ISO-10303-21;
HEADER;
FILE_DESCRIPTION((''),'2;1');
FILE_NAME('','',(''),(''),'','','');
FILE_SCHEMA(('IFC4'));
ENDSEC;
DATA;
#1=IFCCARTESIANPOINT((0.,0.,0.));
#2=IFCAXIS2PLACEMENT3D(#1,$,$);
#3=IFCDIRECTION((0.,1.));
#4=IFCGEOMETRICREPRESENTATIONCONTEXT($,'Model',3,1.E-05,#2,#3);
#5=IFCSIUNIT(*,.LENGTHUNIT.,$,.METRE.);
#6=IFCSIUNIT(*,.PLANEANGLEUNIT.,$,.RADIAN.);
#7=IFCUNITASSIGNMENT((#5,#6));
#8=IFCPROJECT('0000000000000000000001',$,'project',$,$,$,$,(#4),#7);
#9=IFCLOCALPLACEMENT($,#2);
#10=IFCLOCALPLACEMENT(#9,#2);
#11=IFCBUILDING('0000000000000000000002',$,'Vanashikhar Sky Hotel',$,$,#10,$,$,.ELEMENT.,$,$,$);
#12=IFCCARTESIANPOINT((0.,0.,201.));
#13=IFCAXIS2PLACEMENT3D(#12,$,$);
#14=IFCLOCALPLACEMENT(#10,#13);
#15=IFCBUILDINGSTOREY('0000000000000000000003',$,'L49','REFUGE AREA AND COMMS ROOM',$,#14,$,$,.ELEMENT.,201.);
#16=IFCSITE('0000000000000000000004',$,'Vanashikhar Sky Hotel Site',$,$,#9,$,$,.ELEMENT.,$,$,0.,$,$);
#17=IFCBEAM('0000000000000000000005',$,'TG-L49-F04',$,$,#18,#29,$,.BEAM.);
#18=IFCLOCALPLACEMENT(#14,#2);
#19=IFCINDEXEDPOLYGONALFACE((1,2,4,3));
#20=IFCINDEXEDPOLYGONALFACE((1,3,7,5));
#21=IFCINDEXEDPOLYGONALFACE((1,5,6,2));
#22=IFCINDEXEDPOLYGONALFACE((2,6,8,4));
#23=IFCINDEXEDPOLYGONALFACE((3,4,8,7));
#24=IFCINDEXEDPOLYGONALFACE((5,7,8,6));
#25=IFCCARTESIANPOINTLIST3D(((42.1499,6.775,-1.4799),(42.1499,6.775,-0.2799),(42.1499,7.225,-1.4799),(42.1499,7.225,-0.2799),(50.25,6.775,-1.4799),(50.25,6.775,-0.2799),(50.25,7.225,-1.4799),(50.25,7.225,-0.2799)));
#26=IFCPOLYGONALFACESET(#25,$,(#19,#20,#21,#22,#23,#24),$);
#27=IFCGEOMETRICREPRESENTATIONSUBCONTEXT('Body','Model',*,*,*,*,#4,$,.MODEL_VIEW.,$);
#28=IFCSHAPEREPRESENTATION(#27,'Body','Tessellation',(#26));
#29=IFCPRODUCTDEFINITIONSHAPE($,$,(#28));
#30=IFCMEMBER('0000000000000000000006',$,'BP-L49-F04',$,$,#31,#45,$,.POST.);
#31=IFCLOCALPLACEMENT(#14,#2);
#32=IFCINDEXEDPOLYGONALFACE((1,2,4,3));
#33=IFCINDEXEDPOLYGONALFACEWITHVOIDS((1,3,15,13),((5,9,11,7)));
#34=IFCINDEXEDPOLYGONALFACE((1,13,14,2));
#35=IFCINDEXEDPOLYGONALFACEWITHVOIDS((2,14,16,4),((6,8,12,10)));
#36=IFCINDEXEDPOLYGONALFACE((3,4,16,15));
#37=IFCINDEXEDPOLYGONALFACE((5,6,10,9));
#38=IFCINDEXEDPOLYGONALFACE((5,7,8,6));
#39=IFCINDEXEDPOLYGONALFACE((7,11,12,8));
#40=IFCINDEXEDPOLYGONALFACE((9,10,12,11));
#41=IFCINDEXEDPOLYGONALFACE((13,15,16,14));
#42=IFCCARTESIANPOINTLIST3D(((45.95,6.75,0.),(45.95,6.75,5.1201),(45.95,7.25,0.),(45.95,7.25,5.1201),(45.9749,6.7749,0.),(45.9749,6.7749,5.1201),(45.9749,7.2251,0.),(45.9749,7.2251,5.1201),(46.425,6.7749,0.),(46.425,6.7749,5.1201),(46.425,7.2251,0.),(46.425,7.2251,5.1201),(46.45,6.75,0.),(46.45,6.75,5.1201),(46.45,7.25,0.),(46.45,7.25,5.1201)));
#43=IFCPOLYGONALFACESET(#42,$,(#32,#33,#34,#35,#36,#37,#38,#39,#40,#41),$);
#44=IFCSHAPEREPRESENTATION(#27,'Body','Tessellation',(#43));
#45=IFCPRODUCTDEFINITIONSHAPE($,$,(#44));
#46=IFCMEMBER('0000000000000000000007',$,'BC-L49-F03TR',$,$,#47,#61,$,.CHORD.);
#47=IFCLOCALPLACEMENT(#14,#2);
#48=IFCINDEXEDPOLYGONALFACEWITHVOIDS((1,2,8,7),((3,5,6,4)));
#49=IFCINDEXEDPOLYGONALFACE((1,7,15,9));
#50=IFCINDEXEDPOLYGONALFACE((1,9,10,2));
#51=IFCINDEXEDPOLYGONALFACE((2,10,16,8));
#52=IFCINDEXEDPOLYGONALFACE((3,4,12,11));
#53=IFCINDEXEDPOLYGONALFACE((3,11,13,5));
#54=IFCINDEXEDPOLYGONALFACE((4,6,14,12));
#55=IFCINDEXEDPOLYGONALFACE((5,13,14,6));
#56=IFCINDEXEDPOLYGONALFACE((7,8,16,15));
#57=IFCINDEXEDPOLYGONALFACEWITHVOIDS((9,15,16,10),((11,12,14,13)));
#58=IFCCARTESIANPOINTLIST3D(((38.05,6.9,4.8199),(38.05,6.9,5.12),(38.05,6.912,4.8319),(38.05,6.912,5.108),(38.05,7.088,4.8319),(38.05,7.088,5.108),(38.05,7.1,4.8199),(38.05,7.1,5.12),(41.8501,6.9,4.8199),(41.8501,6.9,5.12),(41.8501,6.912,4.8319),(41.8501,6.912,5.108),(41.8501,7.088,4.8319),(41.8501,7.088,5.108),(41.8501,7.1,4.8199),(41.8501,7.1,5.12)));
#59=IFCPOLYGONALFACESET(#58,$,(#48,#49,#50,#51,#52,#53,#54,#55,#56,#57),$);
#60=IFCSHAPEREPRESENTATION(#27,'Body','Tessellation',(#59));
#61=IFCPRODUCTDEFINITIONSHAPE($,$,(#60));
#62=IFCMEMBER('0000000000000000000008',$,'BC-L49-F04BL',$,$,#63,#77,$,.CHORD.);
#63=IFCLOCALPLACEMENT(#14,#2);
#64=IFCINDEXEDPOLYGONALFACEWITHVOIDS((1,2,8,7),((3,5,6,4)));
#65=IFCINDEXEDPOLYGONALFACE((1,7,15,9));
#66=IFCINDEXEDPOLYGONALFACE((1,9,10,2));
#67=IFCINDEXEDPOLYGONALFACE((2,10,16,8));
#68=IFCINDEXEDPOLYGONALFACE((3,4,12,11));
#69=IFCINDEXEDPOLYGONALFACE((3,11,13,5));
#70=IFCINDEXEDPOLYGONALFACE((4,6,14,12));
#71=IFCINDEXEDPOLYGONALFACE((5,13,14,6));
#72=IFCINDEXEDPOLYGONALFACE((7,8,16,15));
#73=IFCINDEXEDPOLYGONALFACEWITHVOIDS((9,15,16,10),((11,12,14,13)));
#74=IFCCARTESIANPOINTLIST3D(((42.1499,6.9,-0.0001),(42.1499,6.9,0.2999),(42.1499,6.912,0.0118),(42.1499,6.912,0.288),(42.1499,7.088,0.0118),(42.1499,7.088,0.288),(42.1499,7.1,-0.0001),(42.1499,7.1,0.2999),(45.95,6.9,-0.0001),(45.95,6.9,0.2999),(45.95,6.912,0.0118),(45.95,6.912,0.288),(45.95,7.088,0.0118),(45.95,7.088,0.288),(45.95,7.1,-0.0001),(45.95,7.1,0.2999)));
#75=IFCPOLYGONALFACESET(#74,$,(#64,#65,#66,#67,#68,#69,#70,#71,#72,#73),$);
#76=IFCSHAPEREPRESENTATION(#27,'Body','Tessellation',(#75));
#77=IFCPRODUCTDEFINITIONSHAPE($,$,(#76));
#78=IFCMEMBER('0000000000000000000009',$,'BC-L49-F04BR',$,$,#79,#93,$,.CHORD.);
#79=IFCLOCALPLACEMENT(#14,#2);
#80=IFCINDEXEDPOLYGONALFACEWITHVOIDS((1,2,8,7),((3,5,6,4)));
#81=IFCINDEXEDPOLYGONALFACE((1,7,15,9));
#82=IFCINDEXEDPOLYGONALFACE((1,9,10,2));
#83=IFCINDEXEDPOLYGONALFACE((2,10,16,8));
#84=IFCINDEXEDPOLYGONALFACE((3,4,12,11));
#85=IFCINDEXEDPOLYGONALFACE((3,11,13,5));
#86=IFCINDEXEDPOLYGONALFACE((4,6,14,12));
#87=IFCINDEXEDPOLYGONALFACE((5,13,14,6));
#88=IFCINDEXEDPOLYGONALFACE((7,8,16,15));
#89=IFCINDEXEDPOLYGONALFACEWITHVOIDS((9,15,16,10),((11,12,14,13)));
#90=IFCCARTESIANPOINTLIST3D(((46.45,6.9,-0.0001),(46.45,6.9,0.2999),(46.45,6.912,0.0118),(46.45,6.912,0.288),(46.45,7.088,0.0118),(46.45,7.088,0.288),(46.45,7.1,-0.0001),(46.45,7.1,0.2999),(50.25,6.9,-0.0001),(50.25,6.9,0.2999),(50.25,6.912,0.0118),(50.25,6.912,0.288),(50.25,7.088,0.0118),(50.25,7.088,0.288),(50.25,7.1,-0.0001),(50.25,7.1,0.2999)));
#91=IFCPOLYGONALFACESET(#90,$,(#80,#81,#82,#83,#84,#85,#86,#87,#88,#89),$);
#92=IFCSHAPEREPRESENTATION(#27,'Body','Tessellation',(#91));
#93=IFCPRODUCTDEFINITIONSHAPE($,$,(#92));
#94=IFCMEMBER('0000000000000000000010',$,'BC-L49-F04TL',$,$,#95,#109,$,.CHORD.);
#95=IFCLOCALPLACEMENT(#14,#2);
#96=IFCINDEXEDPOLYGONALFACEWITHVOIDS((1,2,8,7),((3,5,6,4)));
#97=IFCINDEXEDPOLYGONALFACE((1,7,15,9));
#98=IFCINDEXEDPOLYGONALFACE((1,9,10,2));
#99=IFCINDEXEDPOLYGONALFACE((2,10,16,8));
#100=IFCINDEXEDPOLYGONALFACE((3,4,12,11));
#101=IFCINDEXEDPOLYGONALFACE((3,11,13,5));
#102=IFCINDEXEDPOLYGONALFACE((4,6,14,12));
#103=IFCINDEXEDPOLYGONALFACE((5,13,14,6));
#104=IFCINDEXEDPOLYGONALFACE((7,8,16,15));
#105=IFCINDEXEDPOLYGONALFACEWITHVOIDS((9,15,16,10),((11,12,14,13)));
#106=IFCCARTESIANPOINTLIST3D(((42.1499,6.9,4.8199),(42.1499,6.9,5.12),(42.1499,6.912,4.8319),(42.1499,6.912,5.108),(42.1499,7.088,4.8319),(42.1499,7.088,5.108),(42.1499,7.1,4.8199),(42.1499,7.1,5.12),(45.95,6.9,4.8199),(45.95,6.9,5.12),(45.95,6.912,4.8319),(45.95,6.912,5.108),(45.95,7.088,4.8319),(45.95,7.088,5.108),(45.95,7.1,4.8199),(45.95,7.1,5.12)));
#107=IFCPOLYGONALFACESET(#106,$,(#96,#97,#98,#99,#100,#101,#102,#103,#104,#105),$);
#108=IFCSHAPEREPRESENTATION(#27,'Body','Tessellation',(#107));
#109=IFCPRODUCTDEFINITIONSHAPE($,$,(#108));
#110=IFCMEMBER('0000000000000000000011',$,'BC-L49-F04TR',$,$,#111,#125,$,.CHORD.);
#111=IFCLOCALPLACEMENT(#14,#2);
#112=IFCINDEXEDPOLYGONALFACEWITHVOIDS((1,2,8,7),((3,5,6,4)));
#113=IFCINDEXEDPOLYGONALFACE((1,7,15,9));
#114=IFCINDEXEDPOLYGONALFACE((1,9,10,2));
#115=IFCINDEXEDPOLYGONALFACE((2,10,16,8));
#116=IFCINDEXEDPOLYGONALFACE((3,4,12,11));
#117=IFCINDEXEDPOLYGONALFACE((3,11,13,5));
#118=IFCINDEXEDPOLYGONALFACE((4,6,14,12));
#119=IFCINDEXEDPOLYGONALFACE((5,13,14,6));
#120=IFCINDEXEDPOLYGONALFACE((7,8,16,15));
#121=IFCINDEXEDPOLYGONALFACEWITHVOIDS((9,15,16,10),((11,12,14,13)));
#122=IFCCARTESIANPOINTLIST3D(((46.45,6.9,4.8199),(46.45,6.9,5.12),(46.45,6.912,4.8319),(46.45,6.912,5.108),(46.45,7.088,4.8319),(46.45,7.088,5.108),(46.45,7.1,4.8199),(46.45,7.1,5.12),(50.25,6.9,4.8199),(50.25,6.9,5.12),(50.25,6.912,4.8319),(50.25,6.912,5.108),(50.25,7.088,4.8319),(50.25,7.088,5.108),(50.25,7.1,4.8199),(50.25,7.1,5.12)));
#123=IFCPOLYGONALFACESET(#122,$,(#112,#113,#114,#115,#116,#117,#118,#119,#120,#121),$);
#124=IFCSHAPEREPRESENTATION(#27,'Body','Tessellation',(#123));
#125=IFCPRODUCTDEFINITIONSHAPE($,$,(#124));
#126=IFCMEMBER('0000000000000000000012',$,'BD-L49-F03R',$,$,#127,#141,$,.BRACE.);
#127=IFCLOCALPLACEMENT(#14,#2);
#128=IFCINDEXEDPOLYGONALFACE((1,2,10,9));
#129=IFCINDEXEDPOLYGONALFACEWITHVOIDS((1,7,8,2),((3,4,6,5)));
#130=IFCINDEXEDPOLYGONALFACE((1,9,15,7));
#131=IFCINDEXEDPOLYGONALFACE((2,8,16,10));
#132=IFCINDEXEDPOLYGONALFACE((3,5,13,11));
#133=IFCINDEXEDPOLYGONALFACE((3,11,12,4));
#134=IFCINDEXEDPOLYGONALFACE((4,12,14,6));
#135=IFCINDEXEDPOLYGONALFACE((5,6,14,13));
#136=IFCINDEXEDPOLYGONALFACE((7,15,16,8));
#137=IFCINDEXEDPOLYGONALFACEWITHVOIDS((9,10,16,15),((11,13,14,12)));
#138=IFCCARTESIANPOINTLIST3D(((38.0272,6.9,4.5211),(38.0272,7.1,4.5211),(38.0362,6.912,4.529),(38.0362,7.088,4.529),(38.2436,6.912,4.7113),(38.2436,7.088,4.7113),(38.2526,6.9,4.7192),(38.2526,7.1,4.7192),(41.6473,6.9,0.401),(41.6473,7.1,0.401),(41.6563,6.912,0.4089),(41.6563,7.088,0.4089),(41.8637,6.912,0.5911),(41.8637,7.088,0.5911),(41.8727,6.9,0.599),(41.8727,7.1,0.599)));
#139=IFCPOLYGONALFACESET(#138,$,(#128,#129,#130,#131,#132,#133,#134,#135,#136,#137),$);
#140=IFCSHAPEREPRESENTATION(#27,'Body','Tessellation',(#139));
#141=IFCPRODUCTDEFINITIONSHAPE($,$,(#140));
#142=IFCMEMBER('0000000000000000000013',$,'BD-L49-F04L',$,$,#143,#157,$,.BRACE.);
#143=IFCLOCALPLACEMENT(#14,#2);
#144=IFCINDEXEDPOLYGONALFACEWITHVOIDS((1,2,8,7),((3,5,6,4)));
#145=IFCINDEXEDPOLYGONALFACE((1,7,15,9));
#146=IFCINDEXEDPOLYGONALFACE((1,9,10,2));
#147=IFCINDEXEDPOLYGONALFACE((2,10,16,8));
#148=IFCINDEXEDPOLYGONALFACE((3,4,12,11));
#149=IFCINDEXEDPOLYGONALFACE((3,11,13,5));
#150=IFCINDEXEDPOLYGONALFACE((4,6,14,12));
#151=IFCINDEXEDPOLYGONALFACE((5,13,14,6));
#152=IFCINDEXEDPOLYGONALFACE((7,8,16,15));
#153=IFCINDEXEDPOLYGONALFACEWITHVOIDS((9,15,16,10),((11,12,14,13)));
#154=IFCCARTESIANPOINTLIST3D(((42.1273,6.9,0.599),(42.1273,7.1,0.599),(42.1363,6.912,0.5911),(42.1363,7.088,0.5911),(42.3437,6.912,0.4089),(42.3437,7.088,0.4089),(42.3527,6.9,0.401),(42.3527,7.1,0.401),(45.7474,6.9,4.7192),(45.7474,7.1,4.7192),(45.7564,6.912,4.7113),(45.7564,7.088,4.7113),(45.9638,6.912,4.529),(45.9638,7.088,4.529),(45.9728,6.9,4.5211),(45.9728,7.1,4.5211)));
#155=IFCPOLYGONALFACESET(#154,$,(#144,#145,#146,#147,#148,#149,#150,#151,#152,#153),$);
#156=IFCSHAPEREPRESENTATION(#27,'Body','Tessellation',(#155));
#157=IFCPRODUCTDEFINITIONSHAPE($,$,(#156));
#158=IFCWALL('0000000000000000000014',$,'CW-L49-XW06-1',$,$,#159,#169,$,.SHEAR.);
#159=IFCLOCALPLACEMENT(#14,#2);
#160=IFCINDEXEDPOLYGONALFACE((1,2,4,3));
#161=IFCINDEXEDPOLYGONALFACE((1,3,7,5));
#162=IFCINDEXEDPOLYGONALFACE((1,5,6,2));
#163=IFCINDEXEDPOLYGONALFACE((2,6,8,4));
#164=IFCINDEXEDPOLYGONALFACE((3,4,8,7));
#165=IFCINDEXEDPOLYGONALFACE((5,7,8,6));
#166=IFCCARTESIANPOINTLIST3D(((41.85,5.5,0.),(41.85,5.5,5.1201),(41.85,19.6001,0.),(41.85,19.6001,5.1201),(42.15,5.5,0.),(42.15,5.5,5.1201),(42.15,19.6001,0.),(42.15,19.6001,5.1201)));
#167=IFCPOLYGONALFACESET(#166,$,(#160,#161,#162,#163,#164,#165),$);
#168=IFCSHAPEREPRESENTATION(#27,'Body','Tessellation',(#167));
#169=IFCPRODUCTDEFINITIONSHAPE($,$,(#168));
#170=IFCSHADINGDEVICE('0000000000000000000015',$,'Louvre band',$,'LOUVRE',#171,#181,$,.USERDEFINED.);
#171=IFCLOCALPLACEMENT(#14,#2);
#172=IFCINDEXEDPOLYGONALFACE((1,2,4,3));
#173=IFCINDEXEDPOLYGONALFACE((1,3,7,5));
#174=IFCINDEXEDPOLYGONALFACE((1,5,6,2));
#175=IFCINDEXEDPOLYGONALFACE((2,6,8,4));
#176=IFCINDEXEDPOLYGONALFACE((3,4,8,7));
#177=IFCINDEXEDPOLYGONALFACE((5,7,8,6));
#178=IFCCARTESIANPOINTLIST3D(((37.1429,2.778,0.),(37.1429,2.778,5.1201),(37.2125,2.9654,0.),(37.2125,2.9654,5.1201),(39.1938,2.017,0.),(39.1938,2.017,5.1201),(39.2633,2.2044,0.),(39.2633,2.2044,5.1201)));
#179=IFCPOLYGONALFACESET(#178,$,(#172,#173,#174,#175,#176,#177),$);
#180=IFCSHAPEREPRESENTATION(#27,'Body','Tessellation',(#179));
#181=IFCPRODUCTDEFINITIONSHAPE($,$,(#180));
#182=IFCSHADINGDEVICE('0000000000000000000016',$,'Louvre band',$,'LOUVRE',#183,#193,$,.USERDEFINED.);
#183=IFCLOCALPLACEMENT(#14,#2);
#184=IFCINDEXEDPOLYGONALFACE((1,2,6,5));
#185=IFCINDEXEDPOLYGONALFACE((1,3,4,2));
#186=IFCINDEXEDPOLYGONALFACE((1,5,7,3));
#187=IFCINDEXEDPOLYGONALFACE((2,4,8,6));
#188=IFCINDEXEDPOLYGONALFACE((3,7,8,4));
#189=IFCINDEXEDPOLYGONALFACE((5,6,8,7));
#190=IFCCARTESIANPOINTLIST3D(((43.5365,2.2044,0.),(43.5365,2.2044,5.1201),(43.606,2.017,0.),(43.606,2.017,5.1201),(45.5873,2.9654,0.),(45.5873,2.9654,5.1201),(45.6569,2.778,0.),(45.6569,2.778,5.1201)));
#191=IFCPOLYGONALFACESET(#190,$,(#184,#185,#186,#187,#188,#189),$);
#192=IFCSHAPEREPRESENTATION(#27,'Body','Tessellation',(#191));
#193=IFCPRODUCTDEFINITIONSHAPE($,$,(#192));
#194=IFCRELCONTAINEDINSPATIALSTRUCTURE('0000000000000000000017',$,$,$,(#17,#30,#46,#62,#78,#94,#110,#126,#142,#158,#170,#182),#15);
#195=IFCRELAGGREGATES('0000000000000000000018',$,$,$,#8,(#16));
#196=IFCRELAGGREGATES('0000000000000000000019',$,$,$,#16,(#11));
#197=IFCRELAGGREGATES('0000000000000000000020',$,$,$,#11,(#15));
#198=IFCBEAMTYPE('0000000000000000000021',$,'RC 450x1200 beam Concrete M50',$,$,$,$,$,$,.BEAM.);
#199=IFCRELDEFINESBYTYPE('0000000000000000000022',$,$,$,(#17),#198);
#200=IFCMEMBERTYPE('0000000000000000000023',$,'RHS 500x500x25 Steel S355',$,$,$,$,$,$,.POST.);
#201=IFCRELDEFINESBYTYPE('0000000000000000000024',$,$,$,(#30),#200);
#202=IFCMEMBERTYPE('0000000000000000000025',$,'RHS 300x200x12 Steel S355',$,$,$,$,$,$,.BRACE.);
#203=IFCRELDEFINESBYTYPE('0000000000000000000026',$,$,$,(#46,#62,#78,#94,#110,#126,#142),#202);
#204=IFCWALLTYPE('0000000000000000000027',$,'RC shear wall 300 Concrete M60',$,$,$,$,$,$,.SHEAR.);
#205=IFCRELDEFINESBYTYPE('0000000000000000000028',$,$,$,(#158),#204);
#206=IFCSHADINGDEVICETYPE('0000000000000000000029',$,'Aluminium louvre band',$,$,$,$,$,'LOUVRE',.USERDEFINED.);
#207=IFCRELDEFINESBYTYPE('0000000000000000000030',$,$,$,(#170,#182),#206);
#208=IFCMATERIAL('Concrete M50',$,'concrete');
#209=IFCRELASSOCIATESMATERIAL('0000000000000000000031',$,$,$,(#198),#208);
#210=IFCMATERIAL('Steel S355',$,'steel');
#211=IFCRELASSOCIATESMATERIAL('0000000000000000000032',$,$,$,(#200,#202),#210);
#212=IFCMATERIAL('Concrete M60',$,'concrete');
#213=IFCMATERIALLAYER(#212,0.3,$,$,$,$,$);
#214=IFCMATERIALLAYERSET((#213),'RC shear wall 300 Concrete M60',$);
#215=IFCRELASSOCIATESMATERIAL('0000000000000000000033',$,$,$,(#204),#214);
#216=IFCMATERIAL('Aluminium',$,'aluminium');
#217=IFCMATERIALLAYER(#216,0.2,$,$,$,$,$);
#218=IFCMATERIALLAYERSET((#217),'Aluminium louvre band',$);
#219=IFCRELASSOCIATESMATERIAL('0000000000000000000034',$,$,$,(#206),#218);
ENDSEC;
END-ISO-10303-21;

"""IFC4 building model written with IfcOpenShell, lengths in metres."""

from ifc_helpers import new_model, si_unit, direction, frame, frame_2d, origin, origin_2d, place, context, subcontext, project, spatial, rectangle, hollow_rectangle, extrude, source, transform, mapped, material, layer, layer_set, material_profile, profile_set, type_object, element, save


model = new_model("IFC4")

# Units and contexts
model_context = context("Model", 3, precision=1e-05, world=origin(), true_north=direction((0.0, 1.0)))
body_context = subcontext(model_context, "Body", "Model", "MODEL_VIEW")
ifc_project = project(units=[si_unit("LENGTHUNIT", "METRE"), si_unit("PLANEANGLEUNIT", "RADIAN")], contexts=[model_context])

# Site, building, storey
site_placement = place(None, origin())
site = spatial("IfcSite", under=ifc_project, at=site_placement, Name="Vanashikhar Sky Hotel Site", CompositionType="ELEMENT", RefElevation=0.0)
building_placement = place(site_placement, origin())
building = spatial("IfcBuilding", under=site, at=building_placement, Name="Vanashikhar Sky Hotel", CompositionType="ELEMENT")
storey_placement = place(building_placement, frame((0.0, 0.0, 201.0)))
storey = spatial("IfcBuildingStorey", under=building, at=storey_placement, Name="L49", Description="REFUGE AREA AND COMMS ROOM", CompositionType="ELEMENT", Elevation=201.0)

# Beam
ifc_material_1 = material(Name="Concrete M50", Category="concrete")
ifc_material_profile_1 = material_profile(ifc_material_1, rectangle(XDim=0.45, YDim=1.2, at=origin_2d()))
ifc_profile_set_1 = profile_set([ifc_material_profile_1], Name="RC 450x1200 beam Concrete M50")
beam_type = type_object("IfcBeamType", Name="RC 450x1200 beam Concrete M50", PredefinedType="BEAM", material=ifc_profile_set_1)
shared_shape_1 = source(origin(), body_context, "Body", "SweptSolid", [
    extrude(rectangle(XDim=0.45, YDim=1.2, at=origin_2d()), origin(), (0.0, 0.0, 1.0), 8.1001),
])
beam_placement = place(storey_placement, frame((42.1499, 7.0, -0.8799), z_axis=(1.0, 0.0, 0.0), x_axis=(0.0, 1.0, 0.0)))
element("IfcBeam", 1, at=beam_placement, inside=storey, type_object=beam_type, Name="TG-L49-F04", PredefinedType="BEAM", context=body_context, shape_type="MappedRepresentation", body=[
    mapped(shared_shape_1, transform((0.0, 0.0, 0.0), scale=1.0)),
])

# Members
ifc_material_2 = material(Name="Steel S355", Category="steel")
ifc_material_profile_2 = material_profile(ifc_material_2, hollow_rectangle(XDim=0.5, YDim=0.5, WallThickness=0.0249, at=origin_2d()))
ifc_profile_set_2 = profile_set([ifc_material_profile_2], Name="RHS 500x500x25 Steel S355")
member_type_1 = type_object("IfcMemberType", Name="RHS 500x500x25 Steel S355", PredefinedType="POST", material=ifc_profile_set_2)
shared_shape_2 = source(origin(), body_context, "Body", "SweptSolid", [
    extrude(hollow_rectangle(XDim=0.5, YDim=0.5, WallThickness=0.0249, at=origin_2d()), origin(), (0.0, 0.0, 1.0), 5.1201),
])
member_placement = place(storey_placement, frame((46.2, 7.0, 0.0), z_axis=(0.0, 0.0, 1.0), x_axis=(1.0, 0.0, 0.0)))
element("IfcMember", 2, at=member_placement, inside=storey, type_object=member_type_1, Name="BP-L49-F04", PredefinedType="POST", context=body_context, shape_type="MappedRepresentation", body=[
    mapped(shared_shape_2, transform((0.0, 0.0, 0.0), scale=1.0)),
])
ifc_material_profile_3 = material_profile(ifc_material_2, hollow_rectangle(XDim=0.2, YDim=0.3, WallThickness=0.012, at=origin_2d()))
ifc_profile_set_3 = profile_set([ifc_material_profile_3], Name="RHS 300x200x12 Steel S355")
member_type_2 = type_object("IfcMemberType", Name="RHS 300x200x12 Steel S355", PredefinedType="BRACE", material=ifc_profile_set_3)
shared_shape_3 = source(origin(), body_context, "Body", "SweptSolid", [
    extrude(hollow_rectangle(XDim=0.2, YDim=0.3, WallThickness=0.012, at=origin_2d()), origin(), (0.0, 0.0, 1.0), 3.8),
])
for number, where, z_axis, x_axis, name in (
    (3, (38.05, 7.0, 4.97), (1.0, 0.0, 0.0), (0.0, 1.0, 0.0), "BC-L49-F03TR"),
    (4, (42.1499, 7.0, 0.1499), (1.0, 0.0, 0.0), (0.0, 1.0, 0.0), "BC-L49-F04BL"),
    (5, (46.45, 7.0, 0.1499), (1.0, 0.0, 0.0), (0.0, 1.0, 0.0), "BC-L49-F04BR"),
    (6, (42.1499, 7.0, 4.97), (1.0, 0.0, 0.0), (0.0, 1.0, 0.0), "BC-L49-F04TL"),
    (7, (46.45, 7.0, 4.97), (1.0, 0.0, 0.0), (0.0, 1.0, 0.0), "BC-L49-F04TR"),
):
    element("IfcMember", number, at=place(storey_placement, frame(where, z_axis=z_axis, x_axis=x_axis)), inside=storey, type_object=member_type_2, Name=name, PredefinedType="CHORD", context=body_context, shape_type="MappedRepresentation", body=[
        mapped(shared_shape_3, transform((0.0, 0.0, 0.0), scale=1.0)),
    ])
shared_shape_4 = source(origin(), body_context, "Body", "SweptSolid", [
    extrude(hollow_rectangle(XDim=0.2, YDim=0.3, WallThickness=0.012, at=origin_2d()), origin(), (0.0, 0.0, 1.0), 5.4846),
])
for number, where, z_axis, x_axis, name in (
    (8, (41.76, 7.0, 0.5), (-0.660054, 0.0, 0.751218), (0.0, -1.0, 0.0), "BD-L49-F03R"),
    (9, (42.24, 7.0, 0.5), (0.660054, 0.0, 0.751218), (0.0, 1.0, 0.0), "BD-L49-F04L"),
):
    element("IfcMember", number, at=place(storey_placement, frame(where, z_axis=z_axis, x_axis=x_axis)), inside=storey, type_object=member_type_2, Name=name, PredefinedType="BRACE", context=body_context, shape_type="MappedRepresentation", body=[
        mapped(shared_shape_4, transform((0.0, 0.0, 0.0), scale=1.0)),
    ])

# Wall
ifc_material_3 = material(Name="Concrete M60", Category="concrete")
ifc_layer_1 = layer(ifc_material_3, 0.3)
ifc_layer_set_1 = layer_set([ifc_layer_1], Name="RC shear wall 300 Concrete M60")
wall_type = type_object("IfcWallType", Name="RC shear wall 300 Concrete M60", PredefinedType="SHEAR", material=ifc_layer_set_1)
shared_shape_5 = source(origin(), body_context, "Body", "SweptSolid", [
    extrude(rectangle(XDim=14.1001, YDim=0.3, at=frame_2d((7.05, 0.0))), origin(), (0.0, 0.0, 1.0), 5.1201),
])
wall_placement = place(storey_placement, frame((42.0, 5.5, 0.0), z_axis=(0.0, 0.0, 1.0), x_axis=(0.0, 1.0, 0.0)))
element("IfcWall", 10, at=wall_placement, inside=storey, type_object=wall_type, Name="CW-L49-XW06-1", PredefinedType="SHEAR", context=body_context, shape_type="MappedRepresentation", body=[
    mapped(shared_shape_5, transform((0.0, 0.0, 0.0), scale=1.0)),
])

# Shading devices
ifc_material_4 = material(Name="Aluminium", Category="aluminium")
ifc_layer_2 = layer(ifc_material_4, 0.2)
ifc_layer_set_2 = layer_set([ifc_layer_2], Name="Aluminium louvre band")
shading_device_type = type_object("IfcShadingDeviceType", Name="Aluminium louvre band", ElementType="LOUVRE", PredefinedType="USERDEFINED", material=ifc_layer_set_2)
shared_shape_6 = source(origin(), body_context, "Body", "SweptSolid", [
    extrude(rectangle(XDim=2.1875, YDim=0.2, at=origin_2d()), origin(), (0.0, 0.0, 1.0), 5.1201),
])
for number, where, z_axis, x_axis, name in (
    (11, (38.2031, 2.4912, 0.0), (0.0, 0.0, 1.0), (0.937537, -0.347885, 0.0), "Louvre band"),
    (12, (44.5967, 2.4912, 0.0), (0.0, 0.0, 1.0), (0.937537, 0.347885, 0.0), "Louvre band"),
):
    element("IfcShadingDevice", number, at=place(storey_placement, frame(where, z_axis=z_axis, x_axis=x_axis)), inside=storey, type_object=shading_device_type, Name=name, ObjectType="LOUVRE", PredefinedType="USERDEFINED", context=body_context, shape_type="MappedRepresentation", body=[
        mapped(shared_shape_6, transform((0.0, 0.0, 0.0), scale=1.0)),
    ])

save(model, "model.ifc")
